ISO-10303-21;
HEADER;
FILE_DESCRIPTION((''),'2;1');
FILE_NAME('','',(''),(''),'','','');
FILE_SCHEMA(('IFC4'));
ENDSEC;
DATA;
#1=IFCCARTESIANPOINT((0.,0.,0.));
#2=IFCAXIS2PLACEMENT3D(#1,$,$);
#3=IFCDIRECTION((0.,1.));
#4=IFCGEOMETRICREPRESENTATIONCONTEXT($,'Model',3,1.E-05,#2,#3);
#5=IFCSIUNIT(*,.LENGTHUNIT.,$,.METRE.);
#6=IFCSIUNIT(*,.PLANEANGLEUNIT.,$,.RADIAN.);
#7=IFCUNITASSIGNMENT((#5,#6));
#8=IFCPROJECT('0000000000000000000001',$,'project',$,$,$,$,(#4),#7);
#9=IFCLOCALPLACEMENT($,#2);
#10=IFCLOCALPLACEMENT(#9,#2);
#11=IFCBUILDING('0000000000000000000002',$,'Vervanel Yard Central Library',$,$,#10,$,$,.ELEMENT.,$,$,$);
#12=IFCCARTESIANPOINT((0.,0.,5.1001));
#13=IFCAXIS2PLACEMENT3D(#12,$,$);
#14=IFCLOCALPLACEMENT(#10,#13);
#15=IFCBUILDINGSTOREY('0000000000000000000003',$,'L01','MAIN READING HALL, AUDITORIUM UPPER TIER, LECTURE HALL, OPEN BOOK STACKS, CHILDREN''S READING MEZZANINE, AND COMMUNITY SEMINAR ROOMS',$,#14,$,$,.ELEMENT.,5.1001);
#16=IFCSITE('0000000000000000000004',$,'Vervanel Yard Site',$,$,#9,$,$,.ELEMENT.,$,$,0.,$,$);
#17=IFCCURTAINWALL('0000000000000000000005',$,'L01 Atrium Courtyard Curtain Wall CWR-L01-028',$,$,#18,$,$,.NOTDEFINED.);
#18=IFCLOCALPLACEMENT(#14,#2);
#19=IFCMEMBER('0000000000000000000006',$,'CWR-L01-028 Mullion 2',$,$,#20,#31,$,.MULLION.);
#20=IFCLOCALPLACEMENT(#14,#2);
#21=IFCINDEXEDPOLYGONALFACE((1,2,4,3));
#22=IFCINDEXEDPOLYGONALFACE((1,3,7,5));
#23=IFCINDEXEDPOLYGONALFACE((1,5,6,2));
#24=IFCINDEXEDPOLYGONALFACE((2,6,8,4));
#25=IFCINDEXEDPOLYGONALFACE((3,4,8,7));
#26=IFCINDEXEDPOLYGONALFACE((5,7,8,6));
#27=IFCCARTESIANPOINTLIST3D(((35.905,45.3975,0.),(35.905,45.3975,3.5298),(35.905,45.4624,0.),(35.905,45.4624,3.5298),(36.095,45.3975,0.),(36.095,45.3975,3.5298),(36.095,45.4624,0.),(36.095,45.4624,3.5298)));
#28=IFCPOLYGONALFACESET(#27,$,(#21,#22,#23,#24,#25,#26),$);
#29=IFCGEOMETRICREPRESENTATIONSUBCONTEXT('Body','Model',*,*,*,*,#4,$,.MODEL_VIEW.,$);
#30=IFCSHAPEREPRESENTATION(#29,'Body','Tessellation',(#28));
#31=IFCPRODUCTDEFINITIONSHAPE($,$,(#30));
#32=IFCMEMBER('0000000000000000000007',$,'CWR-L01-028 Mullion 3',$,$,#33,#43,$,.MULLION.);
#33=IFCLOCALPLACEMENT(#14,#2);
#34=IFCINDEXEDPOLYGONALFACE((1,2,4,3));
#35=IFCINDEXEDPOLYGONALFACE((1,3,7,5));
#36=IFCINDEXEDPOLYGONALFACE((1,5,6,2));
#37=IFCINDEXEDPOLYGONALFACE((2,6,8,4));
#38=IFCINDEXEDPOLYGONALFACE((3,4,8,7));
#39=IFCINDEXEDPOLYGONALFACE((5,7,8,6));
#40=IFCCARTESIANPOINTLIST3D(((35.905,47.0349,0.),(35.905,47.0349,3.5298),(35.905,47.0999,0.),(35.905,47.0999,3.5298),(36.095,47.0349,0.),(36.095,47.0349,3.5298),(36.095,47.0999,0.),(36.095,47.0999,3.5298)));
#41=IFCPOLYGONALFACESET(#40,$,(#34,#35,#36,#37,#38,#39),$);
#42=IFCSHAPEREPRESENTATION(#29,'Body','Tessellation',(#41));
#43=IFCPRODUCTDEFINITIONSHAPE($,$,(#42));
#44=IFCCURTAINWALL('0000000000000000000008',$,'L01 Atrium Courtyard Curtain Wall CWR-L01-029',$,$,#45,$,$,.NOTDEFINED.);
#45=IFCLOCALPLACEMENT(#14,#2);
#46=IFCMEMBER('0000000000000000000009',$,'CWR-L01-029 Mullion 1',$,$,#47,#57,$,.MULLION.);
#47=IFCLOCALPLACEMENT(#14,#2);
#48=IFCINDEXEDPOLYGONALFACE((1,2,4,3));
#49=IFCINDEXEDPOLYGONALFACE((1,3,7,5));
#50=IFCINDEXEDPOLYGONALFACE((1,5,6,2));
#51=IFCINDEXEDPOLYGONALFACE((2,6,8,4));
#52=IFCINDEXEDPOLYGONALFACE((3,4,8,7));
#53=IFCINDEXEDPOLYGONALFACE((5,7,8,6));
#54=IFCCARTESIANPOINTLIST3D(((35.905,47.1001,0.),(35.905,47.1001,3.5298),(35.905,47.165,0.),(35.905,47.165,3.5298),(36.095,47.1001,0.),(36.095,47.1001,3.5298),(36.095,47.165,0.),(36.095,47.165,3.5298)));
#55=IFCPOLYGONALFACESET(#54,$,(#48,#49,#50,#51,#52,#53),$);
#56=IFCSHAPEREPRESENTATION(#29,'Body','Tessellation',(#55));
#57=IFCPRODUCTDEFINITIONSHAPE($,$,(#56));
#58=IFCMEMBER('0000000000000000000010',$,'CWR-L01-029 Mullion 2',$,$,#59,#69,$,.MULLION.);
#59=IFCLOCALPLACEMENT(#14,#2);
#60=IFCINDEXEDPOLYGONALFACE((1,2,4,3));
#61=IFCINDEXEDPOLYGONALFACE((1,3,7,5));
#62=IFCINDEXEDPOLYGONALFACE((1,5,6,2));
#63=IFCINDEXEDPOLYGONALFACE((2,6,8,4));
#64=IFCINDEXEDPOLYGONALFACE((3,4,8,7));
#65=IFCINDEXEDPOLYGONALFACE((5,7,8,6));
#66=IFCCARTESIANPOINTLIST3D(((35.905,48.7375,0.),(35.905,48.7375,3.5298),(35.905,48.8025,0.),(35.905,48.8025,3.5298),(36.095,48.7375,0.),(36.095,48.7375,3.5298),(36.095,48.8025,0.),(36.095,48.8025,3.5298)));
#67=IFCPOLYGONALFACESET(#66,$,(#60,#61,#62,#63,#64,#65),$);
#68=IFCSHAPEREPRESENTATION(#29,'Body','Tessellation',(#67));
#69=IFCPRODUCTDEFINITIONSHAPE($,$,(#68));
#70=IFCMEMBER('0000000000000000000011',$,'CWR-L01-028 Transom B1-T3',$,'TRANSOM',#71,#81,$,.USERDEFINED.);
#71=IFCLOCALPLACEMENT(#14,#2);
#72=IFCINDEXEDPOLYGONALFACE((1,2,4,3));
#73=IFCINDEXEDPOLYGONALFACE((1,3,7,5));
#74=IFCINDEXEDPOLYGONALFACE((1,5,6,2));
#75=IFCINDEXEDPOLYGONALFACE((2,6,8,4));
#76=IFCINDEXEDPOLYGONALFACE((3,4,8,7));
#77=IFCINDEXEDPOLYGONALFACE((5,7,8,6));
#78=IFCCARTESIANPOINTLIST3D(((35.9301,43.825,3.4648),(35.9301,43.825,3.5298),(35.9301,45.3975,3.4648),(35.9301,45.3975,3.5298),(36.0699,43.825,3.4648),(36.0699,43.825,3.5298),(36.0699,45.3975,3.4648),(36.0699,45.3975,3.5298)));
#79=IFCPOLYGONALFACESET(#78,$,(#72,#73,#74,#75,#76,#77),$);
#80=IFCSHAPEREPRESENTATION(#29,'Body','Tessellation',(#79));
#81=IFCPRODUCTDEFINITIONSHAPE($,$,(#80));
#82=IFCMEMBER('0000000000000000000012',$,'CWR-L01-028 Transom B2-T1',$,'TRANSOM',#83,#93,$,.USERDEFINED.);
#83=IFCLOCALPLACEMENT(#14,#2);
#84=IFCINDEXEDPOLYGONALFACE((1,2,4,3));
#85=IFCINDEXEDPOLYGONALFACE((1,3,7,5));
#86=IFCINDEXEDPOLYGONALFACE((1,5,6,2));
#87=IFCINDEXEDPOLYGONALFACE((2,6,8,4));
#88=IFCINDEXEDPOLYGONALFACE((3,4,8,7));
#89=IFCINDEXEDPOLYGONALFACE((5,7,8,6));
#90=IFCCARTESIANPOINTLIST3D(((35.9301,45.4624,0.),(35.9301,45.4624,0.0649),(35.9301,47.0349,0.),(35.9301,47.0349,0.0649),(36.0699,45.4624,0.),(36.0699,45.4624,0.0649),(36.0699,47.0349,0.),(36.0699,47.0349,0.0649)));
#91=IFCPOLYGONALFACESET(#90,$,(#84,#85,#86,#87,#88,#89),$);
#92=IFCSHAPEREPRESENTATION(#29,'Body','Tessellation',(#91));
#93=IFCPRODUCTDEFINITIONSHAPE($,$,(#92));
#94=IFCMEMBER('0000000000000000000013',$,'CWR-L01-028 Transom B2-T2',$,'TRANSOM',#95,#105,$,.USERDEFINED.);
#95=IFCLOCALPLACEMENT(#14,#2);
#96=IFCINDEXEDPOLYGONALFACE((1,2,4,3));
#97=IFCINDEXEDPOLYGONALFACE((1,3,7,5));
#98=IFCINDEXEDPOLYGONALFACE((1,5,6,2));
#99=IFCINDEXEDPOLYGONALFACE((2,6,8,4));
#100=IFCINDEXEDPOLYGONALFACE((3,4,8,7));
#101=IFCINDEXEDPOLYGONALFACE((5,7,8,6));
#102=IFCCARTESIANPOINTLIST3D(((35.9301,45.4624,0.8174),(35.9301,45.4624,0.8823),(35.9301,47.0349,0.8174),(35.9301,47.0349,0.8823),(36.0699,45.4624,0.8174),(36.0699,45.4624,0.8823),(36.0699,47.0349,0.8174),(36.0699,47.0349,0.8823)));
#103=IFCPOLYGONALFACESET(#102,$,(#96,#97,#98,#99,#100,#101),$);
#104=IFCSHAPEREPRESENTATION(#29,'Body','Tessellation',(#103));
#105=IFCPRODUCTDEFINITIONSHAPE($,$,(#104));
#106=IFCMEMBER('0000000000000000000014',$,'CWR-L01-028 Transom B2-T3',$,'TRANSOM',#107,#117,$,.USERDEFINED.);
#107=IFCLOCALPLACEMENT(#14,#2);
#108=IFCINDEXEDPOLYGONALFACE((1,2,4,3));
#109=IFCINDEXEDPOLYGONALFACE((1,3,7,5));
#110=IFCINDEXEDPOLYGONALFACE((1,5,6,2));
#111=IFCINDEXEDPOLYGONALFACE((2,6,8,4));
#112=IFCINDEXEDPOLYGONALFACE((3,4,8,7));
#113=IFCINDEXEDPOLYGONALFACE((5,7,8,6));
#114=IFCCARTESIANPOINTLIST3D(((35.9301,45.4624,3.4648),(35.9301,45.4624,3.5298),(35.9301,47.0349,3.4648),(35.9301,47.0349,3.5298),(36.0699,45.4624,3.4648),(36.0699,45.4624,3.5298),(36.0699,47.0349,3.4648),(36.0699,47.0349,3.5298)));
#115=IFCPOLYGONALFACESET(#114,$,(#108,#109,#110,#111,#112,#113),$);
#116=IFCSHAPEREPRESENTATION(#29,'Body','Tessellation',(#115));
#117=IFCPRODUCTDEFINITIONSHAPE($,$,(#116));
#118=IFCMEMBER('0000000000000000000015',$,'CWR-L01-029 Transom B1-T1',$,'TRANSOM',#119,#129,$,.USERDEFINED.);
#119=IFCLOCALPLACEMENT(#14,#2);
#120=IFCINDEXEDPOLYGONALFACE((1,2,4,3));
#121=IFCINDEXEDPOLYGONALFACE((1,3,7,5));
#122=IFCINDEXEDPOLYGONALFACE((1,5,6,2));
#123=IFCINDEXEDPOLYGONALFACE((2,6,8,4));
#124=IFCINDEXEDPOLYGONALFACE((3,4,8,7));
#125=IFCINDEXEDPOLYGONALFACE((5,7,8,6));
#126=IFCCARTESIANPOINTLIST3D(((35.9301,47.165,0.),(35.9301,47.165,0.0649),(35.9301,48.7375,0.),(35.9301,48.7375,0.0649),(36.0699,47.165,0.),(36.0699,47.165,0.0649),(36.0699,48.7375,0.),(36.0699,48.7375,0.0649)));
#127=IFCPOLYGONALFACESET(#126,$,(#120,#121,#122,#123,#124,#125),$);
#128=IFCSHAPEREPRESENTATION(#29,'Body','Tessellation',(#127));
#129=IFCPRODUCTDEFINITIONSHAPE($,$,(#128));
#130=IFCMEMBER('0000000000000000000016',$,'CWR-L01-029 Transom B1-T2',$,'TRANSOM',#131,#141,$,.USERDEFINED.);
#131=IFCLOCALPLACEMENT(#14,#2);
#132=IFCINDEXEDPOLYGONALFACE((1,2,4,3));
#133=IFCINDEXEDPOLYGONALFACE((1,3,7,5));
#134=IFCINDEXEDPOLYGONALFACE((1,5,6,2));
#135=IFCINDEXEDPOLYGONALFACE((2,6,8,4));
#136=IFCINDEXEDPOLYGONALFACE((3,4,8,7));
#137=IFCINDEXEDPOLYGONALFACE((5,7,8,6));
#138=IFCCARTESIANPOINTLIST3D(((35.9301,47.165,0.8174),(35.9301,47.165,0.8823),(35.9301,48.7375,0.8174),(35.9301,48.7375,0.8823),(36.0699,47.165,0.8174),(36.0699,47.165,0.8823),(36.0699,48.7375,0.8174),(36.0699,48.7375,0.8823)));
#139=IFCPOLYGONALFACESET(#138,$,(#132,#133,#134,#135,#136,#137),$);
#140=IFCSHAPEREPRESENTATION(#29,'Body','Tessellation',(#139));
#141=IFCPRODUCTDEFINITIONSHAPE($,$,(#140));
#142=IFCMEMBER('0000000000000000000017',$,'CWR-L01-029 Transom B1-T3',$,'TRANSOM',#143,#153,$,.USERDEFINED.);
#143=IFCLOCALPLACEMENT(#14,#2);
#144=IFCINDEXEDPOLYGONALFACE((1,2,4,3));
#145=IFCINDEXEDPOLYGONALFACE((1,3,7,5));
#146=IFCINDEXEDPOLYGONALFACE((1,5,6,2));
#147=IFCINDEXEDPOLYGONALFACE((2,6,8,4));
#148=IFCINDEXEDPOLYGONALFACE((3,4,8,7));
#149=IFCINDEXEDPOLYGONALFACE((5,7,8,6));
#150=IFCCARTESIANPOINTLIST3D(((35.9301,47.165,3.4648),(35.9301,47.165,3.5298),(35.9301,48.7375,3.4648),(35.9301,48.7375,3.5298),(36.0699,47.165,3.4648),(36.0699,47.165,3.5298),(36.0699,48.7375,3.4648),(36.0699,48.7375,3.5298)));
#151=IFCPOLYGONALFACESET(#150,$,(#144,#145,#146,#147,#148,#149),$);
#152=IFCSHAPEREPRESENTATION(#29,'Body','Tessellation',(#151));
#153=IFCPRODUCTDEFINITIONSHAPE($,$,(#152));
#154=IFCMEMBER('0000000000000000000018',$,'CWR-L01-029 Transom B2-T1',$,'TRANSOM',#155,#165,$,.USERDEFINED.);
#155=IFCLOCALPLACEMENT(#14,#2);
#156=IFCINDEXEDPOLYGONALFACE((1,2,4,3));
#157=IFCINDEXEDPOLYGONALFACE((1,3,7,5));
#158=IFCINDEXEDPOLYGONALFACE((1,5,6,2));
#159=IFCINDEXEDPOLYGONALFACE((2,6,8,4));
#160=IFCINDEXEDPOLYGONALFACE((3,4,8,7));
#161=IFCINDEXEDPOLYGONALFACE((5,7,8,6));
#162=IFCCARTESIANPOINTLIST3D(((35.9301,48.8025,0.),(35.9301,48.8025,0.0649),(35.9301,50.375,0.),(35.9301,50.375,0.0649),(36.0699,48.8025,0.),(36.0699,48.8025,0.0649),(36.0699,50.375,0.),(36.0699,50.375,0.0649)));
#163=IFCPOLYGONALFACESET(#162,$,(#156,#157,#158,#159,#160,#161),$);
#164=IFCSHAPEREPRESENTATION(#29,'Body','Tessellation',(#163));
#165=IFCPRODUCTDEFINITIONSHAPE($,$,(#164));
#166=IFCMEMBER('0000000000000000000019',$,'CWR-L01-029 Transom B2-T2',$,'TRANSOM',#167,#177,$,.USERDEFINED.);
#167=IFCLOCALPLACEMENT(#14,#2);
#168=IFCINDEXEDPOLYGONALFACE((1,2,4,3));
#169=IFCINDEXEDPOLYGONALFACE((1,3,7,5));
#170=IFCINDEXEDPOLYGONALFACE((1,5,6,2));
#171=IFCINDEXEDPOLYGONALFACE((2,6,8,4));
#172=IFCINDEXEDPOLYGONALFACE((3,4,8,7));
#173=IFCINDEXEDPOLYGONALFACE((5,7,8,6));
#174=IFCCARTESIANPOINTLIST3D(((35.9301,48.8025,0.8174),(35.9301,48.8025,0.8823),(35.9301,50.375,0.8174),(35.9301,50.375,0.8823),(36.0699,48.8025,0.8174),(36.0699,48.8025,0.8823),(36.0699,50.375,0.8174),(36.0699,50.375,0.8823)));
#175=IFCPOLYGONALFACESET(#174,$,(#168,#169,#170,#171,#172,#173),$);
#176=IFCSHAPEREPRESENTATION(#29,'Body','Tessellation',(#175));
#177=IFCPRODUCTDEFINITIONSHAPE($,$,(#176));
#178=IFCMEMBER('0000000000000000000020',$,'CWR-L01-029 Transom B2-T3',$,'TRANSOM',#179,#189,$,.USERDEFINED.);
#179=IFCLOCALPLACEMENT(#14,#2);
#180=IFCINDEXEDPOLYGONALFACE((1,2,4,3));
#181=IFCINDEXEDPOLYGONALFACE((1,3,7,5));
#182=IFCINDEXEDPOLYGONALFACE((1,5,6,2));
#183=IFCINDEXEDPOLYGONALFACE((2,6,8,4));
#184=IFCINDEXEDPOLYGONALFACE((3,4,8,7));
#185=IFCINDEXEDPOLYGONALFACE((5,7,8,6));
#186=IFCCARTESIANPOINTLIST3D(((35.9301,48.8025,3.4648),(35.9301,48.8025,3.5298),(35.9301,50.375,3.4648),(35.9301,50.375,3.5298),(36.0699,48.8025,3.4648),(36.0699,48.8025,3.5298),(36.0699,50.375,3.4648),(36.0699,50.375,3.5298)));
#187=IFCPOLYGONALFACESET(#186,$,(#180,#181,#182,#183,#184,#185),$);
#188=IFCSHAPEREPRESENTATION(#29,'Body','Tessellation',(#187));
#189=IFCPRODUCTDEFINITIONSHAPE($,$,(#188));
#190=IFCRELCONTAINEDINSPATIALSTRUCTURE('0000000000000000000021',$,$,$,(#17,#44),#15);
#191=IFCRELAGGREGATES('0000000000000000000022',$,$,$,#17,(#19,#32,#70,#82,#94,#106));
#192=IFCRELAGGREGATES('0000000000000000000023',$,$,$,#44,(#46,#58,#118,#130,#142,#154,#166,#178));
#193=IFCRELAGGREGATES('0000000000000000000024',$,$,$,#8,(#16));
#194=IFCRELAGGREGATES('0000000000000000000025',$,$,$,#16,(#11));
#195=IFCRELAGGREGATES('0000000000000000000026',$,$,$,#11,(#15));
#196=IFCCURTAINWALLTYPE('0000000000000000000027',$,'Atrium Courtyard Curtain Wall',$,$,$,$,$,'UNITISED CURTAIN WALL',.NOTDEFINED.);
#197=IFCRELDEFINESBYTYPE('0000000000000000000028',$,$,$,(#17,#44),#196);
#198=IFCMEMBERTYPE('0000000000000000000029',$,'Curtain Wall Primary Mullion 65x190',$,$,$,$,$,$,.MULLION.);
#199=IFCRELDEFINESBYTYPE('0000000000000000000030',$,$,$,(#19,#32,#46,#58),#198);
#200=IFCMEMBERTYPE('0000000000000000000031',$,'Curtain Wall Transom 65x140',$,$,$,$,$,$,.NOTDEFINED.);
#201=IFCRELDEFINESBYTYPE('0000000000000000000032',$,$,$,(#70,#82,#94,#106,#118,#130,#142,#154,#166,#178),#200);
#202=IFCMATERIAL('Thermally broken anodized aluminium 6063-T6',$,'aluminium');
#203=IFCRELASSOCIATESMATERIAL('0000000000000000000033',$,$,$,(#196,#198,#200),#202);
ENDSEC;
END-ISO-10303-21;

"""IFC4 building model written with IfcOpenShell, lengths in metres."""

from ifc_helpers import new_model, si_unit, direction, frame, origin, origin_2d, place, context, subcontext, project, spatial, rectangle, extrude, material, material_profile, profile_set, type_object, element, aggregate, save


model = new_model("IFC4")

# Units and contexts
model_context = context("Model", 3, precision=1e-05, world=origin(), true_north=direction((0.0, 1.0)))
body_context = subcontext(model_context, "Body", "Model", "MODEL_VIEW")
ifc_project = project(units=[si_unit("LENGTHUNIT", "METRE"), si_unit("PLANEANGLEUNIT", "RADIAN")], contexts=[model_context])

# Site, building, storey
site_placement = place(None, origin())
site = spatial("IfcSite", under=ifc_project, at=site_placement, Name="Vervanel Yard Site", CompositionType="ELEMENT", RefElevation=0.0)
building_placement = place(site_placement, origin())
building = spatial("IfcBuilding", under=site, at=building_placement, Name="Vervanel Yard Central Library", CompositionType="ELEMENT")
storey_placement = place(building_placement, frame((0.0, 0.0, 5.1001)))
storey = spatial("IfcBuildingStorey", under=building, at=storey_placement, Name="L01", Description="MAIN READING HALL, AUDITORIUM UPPER TIER, LECTURE HALL, OPEN BOOK STACKS, CHILDREN'S READING MEZZANINE, AND COMMUNITY SEMINAR ROOMS", CompositionType="ELEMENT", Elevation=5.1001)

# Curtain walls, members
ifc_material_1 = material(Name="Thermally broken anodized aluminium 6063-T6", Category="aluminium")
curtain_wall_type = type_object("IfcCurtainWallType", Name="Atrium Courtyard Curtain Wall", ElementType="UNITISED CURTAIN WALL", PredefinedType="NOTDEFINED", material=ifc_material_1)
curtain_wall_1_placement = place(storey_placement, origin())
curtain_wall_1 = element("IfcCurtainWall", 1, at=curtain_wall_1_placement, inside=storey, type_object=curtain_wall_type, Name="L01 Atrium Courtyard Curtain Wall CWR-L01-028", PredefinedType="NOTDEFINED")
ifc_material_profile_1 = material_profile(ifc_material_1, rectangle(XDim=0.0649, YDim=0.1899, at=origin_2d()), Name="ALU 65x190", Category="aluminium")
ifc_profile_set_1 = profile_set([ifc_material_profile_1], Name="Thermally broken anodized aluminium 6063-T6")
member_type_1 = type_object("IfcMemberType", Name="Curtain Wall Primary Mullion 65x190", PredefinedType="MULLION", material=ifc_profile_set_1)
member_1_placement = place(storey_placement, frame((36.0, 45.4299, 0.0), z_axis=(0.0, 0.0, 1.0), x_axis=(0.0, 1.0, 0.0)))
member_1 = element("IfcMember", 2, at=member_1_placement, type_object=member_type_1, Name="CWR-L01-028 Mullion 2", PredefinedType="MULLION", context=body_context, shape_type="SweptSolid", body=[
    extrude(rectangle(XDim=0.0649, YDim=0.1899, at=origin_2d()), origin(), (0.0, 0.0, 1.0), 3.5298),
])
member_2_placement = place(storey_placement, frame((36.0, 47.0674, 0.0), z_axis=(0.0, 0.0, 1.0), x_axis=(0.0, 1.0, 0.0)))
member_2 = element("IfcMember", 3, at=member_2_placement, type_object=member_type_1, Name="CWR-L01-028 Mullion 3", PredefinedType="MULLION", context=body_context, shape_type="SweptSolid", body=[
    extrude(rectangle(XDim=0.0649, YDim=0.1899, at=origin_2d()), origin(), (0.0, 0.0, 1.0), 3.5298),
])
curtain_wall_2_placement = place(storey_placement, origin())
curtain_wall_2 = element("IfcCurtainWall", 4, at=curtain_wall_2_placement, inside=storey, type_object=curtain_wall_type, Name="L01 Atrium Courtyard Curtain Wall CWR-L01-029", PredefinedType="NOTDEFINED")
member_3_placement = place(storey_placement, frame((36.0, 47.1326, 0.0), z_axis=(0.0, 0.0, 1.0), x_axis=(0.0, 1.0, 0.0)))
member_3 = element("IfcMember", 5, at=member_3_placement, type_object=member_type_1, Name="CWR-L01-029 Mullion 1", PredefinedType="MULLION", context=body_context, shape_type="SweptSolid", body=[
    extrude(rectangle(XDim=0.0649, YDim=0.1899, at=origin_2d()), origin(), (0.0, 0.0, 1.0), 3.5298),
])
member_4_placement = place(storey_placement, frame((36.0, 48.77, 0.0), z_axis=(0.0, 0.0, 1.0), x_axis=(0.0, 1.0, 0.0)))
member_4 = element("IfcMember", 6, at=member_4_placement, type_object=member_type_1, Name="CWR-L01-029 Mullion 2", PredefinedType="MULLION", context=body_context, shape_type="SweptSolid", body=[
    extrude(rectangle(XDim=0.0649, YDim=0.1899, at=origin_2d()), origin(), (0.0, 0.0, 1.0), 3.5298),
])

# Members
ifc_material_profile_2 = material_profile(ifc_material_1, rectangle(XDim=0.0649, YDim=0.1399, at=origin_2d()), Name="ALU 65x140", Category="aluminium")
ifc_profile_set_2 = profile_set([ifc_material_profile_2], Name="Thermally broken anodized aluminium 6063-T6")
member_type_2 = type_object("IfcMemberType", Name="Curtain Wall Transom 65x140", PredefinedType="NOTDEFINED", material=ifc_profile_set_2)
member_5_placement = place(storey_placement, frame((36.0, 43.825, 3.4973), z_axis=(0.0, 1.0, 0.0), x_axis=(0.0, 0.0, 1.0)))
member_5 = element("IfcMember", 7, at=member_5_placement, type_object=member_type_2, Name="CWR-L01-028 Transom B1-T3", ObjectType="TRANSOM", PredefinedType="USERDEFINED", context=body_context, shape_type="SweptSolid", body=[
    extrude(rectangle(XDim=0.0649, YDim=0.1399, at=origin_2d()), origin(), (0.0, 0.0, 1.0), 1.5725),
])
member_6_placement = place(storey_placement, frame((36.0, 45.4624, 0.0325), z_axis=(0.0, 1.0, 0.0), x_axis=(0.0, 0.0, 1.0)))
member_6 = element("IfcMember", 8, at=member_6_placement, type_object=member_type_2, Name="CWR-L01-028 Transom B2-T1", ObjectType="TRANSOM", PredefinedType="USERDEFINED", context=body_context, shape_type="SweptSolid", body=[
    extrude(rectangle(XDim=0.0649, YDim=0.1399, at=origin_2d()), origin(), (0.0, 0.0, 1.0), 1.5725),
])
member_7_placement = place(storey_placement, frame((36.0, 45.4624, 0.8499), z_axis=(0.0, 1.0, 0.0), x_axis=(0.0, 0.0, 1.0)))
member_7 = element("IfcMember", 9, at=member_7_placement, type_object=member_type_2, Name="CWR-L01-028 Transom B2-T2", ObjectType="TRANSOM", PredefinedType="USERDEFINED", context=body_context, shape_type="SweptSolid", body=[
    extrude(rectangle(XDim=0.0649, YDim=0.1399, at=origin_2d()), origin(), (0.0, 0.0, 1.0), 1.5725),
])
member_8_placement = place(storey_placement, frame((36.0, 45.4624, 3.4973), z_axis=(0.0, 1.0, 0.0), x_axis=(0.0, 0.0, 1.0)))
member_8 = element("IfcMember", 10, at=member_8_placement, type_object=member_type_2, Name="CWR-L01-028 Transom B2-T3", ObjectType="TRANSOM", PredefinedType="USERDEFINED", context=body_context, shape_type="SweptSolid", body=[
    extrude(rectangle(XDim=0.0649, YDim=0.1399, at=origin_2d()), origin(), (0.0, 0.0, 1.0), 1.5725),
])
member_9_placement = place(storey_placement, frame((36.0, 47.165, 0.0325), z_axis=(0.0, 1.0, 0.0), x_axis=(0.0, 0.0, 1.0)))
member_9 = element("IfcMember", 11, at=member_9_placement, type_object=member_type_2, Name="CWR-L01-029 Transom B1-T1", ObjectType="TRANSOM", PredefinedType="USERDEFINED", context=body_context, shape_type="SweptSolid", body=[
    extrude(rectangle(XDim=0.0649, YDim=0.1399, at=origin_2d()), origin(), (0.0, 0.0, 1.0), 1.5725),
])
member_10_placement = place(storey_placement, frame((36.0, 47.165, 0.8499), z_axis=(0.0, 1.0, 0.0), x_axis=(0.0, 0.0, 1.0)))
member_10 = element("IfcMember", 12, at=member_10_placement, type_object=member_type_2, Name="CWR-L01-029 Transom B1-T2", ObjectType="TRANSOM", PredefinedType="USERDEFINED", context=body_context, shape_type="SweptSolid", body=[
    extrude(rectangle(XDim=0.0649, YDim=0.1399, at=origin_2d()), origin(), (0.0, 0.0, 1.0), 1.5725),
])
member_11_placement = place(storey_placement, frame((36.0, 47.165, 3.4973), z_axis=(0.0, 1.0, 0.0), x_axis=(0.0, 0.0, 1.0)))
member_11 = element("IfcMember", 13, at=member_11_placement, type_object=member_type_2, Name="CWR-L01-029 Transom B1-T3", ObjectType="TRANSOM", PredefinedType="USERDEFINED", context=body_context, shape_type="SweptSolid", body=[
    extrude(rectangle(XDim=0.0649, YDim=0.1399, at=origin_2d()), origin(), (0.0, 0.0, 1.0), 1.5725),
])
member_12_placement = place(storey_placement, frame((36.0, 48.8025, 0.0325), z_axis=(0.0, 1.0, 0.0), x_axis=(0.0, 0.0, 1.0)))
member_12 = element("IfcMember", 14, at=member_12_placement, type_object=member_type_2, Name="CWR-L01-029 Transom B2-T1", ObjectType="TRANSOM", PredefinedType="USERDEFINED", context=body_context, shape_type="SweptSolid", body=[
    extrude(rectangle(XDim=0.0649, YDim=0.1399, at=origin_2d()), origin(), (0.0, 0.0, 1.0), 1.5725),
])
member_13_placement = place(storey_placement, frame((36.0, 48.8025, 0.8499), z_axis=(0.0, 1.0, 0.0), x_axis=(0.0, 0.0, 1.0)))
member_13 = element("IfcMember", 15, at=member_13_placement, type_object=member_type_2, Name="CWR-L01-029 Transom B2-T2", ObjectType="TRANSOM", PredefinedType="USERDEFINED", context=body_context, shape_type="SweptSolid", body=[
    extrude(rectangle(XDim=0.0649, YDim=0.1399, at=origin_2d()), origin(), (0.0, 0.0, 1.0), 1.5725),
])
member_14_placement = place(storey_placement, frame((36.0, 48.8025, 3.4973), z_axis=(0.0, 1.0, 0.0), x_axis=(0.0, 0.0, 1.0)))
member_14 = element("IfcMember", 16, at=member_14_placement, type_object=member_type_2, Name="CWR-L01-029 Transom B2-T3", ObjectType="TRANSOM", PredefinedType="USERDEFINED", context=body_context, shape_type="SweptSolid", body=[
    extrude(rectangle(XDim=0.0649, YDim=0.1399, at=origin_2d()), origin(), (0.0, 0.0, 1.0), 1.5725),
])

aggregate(curtain_wall_1, [member_1, member_2, member_5, member_6, member_7, member_8])
aggregate(curtain_wall_2, [member_3, member_4, member_9, member_10, member_11, member_12, member_13, member_14])

save(model, "model.ifc")
